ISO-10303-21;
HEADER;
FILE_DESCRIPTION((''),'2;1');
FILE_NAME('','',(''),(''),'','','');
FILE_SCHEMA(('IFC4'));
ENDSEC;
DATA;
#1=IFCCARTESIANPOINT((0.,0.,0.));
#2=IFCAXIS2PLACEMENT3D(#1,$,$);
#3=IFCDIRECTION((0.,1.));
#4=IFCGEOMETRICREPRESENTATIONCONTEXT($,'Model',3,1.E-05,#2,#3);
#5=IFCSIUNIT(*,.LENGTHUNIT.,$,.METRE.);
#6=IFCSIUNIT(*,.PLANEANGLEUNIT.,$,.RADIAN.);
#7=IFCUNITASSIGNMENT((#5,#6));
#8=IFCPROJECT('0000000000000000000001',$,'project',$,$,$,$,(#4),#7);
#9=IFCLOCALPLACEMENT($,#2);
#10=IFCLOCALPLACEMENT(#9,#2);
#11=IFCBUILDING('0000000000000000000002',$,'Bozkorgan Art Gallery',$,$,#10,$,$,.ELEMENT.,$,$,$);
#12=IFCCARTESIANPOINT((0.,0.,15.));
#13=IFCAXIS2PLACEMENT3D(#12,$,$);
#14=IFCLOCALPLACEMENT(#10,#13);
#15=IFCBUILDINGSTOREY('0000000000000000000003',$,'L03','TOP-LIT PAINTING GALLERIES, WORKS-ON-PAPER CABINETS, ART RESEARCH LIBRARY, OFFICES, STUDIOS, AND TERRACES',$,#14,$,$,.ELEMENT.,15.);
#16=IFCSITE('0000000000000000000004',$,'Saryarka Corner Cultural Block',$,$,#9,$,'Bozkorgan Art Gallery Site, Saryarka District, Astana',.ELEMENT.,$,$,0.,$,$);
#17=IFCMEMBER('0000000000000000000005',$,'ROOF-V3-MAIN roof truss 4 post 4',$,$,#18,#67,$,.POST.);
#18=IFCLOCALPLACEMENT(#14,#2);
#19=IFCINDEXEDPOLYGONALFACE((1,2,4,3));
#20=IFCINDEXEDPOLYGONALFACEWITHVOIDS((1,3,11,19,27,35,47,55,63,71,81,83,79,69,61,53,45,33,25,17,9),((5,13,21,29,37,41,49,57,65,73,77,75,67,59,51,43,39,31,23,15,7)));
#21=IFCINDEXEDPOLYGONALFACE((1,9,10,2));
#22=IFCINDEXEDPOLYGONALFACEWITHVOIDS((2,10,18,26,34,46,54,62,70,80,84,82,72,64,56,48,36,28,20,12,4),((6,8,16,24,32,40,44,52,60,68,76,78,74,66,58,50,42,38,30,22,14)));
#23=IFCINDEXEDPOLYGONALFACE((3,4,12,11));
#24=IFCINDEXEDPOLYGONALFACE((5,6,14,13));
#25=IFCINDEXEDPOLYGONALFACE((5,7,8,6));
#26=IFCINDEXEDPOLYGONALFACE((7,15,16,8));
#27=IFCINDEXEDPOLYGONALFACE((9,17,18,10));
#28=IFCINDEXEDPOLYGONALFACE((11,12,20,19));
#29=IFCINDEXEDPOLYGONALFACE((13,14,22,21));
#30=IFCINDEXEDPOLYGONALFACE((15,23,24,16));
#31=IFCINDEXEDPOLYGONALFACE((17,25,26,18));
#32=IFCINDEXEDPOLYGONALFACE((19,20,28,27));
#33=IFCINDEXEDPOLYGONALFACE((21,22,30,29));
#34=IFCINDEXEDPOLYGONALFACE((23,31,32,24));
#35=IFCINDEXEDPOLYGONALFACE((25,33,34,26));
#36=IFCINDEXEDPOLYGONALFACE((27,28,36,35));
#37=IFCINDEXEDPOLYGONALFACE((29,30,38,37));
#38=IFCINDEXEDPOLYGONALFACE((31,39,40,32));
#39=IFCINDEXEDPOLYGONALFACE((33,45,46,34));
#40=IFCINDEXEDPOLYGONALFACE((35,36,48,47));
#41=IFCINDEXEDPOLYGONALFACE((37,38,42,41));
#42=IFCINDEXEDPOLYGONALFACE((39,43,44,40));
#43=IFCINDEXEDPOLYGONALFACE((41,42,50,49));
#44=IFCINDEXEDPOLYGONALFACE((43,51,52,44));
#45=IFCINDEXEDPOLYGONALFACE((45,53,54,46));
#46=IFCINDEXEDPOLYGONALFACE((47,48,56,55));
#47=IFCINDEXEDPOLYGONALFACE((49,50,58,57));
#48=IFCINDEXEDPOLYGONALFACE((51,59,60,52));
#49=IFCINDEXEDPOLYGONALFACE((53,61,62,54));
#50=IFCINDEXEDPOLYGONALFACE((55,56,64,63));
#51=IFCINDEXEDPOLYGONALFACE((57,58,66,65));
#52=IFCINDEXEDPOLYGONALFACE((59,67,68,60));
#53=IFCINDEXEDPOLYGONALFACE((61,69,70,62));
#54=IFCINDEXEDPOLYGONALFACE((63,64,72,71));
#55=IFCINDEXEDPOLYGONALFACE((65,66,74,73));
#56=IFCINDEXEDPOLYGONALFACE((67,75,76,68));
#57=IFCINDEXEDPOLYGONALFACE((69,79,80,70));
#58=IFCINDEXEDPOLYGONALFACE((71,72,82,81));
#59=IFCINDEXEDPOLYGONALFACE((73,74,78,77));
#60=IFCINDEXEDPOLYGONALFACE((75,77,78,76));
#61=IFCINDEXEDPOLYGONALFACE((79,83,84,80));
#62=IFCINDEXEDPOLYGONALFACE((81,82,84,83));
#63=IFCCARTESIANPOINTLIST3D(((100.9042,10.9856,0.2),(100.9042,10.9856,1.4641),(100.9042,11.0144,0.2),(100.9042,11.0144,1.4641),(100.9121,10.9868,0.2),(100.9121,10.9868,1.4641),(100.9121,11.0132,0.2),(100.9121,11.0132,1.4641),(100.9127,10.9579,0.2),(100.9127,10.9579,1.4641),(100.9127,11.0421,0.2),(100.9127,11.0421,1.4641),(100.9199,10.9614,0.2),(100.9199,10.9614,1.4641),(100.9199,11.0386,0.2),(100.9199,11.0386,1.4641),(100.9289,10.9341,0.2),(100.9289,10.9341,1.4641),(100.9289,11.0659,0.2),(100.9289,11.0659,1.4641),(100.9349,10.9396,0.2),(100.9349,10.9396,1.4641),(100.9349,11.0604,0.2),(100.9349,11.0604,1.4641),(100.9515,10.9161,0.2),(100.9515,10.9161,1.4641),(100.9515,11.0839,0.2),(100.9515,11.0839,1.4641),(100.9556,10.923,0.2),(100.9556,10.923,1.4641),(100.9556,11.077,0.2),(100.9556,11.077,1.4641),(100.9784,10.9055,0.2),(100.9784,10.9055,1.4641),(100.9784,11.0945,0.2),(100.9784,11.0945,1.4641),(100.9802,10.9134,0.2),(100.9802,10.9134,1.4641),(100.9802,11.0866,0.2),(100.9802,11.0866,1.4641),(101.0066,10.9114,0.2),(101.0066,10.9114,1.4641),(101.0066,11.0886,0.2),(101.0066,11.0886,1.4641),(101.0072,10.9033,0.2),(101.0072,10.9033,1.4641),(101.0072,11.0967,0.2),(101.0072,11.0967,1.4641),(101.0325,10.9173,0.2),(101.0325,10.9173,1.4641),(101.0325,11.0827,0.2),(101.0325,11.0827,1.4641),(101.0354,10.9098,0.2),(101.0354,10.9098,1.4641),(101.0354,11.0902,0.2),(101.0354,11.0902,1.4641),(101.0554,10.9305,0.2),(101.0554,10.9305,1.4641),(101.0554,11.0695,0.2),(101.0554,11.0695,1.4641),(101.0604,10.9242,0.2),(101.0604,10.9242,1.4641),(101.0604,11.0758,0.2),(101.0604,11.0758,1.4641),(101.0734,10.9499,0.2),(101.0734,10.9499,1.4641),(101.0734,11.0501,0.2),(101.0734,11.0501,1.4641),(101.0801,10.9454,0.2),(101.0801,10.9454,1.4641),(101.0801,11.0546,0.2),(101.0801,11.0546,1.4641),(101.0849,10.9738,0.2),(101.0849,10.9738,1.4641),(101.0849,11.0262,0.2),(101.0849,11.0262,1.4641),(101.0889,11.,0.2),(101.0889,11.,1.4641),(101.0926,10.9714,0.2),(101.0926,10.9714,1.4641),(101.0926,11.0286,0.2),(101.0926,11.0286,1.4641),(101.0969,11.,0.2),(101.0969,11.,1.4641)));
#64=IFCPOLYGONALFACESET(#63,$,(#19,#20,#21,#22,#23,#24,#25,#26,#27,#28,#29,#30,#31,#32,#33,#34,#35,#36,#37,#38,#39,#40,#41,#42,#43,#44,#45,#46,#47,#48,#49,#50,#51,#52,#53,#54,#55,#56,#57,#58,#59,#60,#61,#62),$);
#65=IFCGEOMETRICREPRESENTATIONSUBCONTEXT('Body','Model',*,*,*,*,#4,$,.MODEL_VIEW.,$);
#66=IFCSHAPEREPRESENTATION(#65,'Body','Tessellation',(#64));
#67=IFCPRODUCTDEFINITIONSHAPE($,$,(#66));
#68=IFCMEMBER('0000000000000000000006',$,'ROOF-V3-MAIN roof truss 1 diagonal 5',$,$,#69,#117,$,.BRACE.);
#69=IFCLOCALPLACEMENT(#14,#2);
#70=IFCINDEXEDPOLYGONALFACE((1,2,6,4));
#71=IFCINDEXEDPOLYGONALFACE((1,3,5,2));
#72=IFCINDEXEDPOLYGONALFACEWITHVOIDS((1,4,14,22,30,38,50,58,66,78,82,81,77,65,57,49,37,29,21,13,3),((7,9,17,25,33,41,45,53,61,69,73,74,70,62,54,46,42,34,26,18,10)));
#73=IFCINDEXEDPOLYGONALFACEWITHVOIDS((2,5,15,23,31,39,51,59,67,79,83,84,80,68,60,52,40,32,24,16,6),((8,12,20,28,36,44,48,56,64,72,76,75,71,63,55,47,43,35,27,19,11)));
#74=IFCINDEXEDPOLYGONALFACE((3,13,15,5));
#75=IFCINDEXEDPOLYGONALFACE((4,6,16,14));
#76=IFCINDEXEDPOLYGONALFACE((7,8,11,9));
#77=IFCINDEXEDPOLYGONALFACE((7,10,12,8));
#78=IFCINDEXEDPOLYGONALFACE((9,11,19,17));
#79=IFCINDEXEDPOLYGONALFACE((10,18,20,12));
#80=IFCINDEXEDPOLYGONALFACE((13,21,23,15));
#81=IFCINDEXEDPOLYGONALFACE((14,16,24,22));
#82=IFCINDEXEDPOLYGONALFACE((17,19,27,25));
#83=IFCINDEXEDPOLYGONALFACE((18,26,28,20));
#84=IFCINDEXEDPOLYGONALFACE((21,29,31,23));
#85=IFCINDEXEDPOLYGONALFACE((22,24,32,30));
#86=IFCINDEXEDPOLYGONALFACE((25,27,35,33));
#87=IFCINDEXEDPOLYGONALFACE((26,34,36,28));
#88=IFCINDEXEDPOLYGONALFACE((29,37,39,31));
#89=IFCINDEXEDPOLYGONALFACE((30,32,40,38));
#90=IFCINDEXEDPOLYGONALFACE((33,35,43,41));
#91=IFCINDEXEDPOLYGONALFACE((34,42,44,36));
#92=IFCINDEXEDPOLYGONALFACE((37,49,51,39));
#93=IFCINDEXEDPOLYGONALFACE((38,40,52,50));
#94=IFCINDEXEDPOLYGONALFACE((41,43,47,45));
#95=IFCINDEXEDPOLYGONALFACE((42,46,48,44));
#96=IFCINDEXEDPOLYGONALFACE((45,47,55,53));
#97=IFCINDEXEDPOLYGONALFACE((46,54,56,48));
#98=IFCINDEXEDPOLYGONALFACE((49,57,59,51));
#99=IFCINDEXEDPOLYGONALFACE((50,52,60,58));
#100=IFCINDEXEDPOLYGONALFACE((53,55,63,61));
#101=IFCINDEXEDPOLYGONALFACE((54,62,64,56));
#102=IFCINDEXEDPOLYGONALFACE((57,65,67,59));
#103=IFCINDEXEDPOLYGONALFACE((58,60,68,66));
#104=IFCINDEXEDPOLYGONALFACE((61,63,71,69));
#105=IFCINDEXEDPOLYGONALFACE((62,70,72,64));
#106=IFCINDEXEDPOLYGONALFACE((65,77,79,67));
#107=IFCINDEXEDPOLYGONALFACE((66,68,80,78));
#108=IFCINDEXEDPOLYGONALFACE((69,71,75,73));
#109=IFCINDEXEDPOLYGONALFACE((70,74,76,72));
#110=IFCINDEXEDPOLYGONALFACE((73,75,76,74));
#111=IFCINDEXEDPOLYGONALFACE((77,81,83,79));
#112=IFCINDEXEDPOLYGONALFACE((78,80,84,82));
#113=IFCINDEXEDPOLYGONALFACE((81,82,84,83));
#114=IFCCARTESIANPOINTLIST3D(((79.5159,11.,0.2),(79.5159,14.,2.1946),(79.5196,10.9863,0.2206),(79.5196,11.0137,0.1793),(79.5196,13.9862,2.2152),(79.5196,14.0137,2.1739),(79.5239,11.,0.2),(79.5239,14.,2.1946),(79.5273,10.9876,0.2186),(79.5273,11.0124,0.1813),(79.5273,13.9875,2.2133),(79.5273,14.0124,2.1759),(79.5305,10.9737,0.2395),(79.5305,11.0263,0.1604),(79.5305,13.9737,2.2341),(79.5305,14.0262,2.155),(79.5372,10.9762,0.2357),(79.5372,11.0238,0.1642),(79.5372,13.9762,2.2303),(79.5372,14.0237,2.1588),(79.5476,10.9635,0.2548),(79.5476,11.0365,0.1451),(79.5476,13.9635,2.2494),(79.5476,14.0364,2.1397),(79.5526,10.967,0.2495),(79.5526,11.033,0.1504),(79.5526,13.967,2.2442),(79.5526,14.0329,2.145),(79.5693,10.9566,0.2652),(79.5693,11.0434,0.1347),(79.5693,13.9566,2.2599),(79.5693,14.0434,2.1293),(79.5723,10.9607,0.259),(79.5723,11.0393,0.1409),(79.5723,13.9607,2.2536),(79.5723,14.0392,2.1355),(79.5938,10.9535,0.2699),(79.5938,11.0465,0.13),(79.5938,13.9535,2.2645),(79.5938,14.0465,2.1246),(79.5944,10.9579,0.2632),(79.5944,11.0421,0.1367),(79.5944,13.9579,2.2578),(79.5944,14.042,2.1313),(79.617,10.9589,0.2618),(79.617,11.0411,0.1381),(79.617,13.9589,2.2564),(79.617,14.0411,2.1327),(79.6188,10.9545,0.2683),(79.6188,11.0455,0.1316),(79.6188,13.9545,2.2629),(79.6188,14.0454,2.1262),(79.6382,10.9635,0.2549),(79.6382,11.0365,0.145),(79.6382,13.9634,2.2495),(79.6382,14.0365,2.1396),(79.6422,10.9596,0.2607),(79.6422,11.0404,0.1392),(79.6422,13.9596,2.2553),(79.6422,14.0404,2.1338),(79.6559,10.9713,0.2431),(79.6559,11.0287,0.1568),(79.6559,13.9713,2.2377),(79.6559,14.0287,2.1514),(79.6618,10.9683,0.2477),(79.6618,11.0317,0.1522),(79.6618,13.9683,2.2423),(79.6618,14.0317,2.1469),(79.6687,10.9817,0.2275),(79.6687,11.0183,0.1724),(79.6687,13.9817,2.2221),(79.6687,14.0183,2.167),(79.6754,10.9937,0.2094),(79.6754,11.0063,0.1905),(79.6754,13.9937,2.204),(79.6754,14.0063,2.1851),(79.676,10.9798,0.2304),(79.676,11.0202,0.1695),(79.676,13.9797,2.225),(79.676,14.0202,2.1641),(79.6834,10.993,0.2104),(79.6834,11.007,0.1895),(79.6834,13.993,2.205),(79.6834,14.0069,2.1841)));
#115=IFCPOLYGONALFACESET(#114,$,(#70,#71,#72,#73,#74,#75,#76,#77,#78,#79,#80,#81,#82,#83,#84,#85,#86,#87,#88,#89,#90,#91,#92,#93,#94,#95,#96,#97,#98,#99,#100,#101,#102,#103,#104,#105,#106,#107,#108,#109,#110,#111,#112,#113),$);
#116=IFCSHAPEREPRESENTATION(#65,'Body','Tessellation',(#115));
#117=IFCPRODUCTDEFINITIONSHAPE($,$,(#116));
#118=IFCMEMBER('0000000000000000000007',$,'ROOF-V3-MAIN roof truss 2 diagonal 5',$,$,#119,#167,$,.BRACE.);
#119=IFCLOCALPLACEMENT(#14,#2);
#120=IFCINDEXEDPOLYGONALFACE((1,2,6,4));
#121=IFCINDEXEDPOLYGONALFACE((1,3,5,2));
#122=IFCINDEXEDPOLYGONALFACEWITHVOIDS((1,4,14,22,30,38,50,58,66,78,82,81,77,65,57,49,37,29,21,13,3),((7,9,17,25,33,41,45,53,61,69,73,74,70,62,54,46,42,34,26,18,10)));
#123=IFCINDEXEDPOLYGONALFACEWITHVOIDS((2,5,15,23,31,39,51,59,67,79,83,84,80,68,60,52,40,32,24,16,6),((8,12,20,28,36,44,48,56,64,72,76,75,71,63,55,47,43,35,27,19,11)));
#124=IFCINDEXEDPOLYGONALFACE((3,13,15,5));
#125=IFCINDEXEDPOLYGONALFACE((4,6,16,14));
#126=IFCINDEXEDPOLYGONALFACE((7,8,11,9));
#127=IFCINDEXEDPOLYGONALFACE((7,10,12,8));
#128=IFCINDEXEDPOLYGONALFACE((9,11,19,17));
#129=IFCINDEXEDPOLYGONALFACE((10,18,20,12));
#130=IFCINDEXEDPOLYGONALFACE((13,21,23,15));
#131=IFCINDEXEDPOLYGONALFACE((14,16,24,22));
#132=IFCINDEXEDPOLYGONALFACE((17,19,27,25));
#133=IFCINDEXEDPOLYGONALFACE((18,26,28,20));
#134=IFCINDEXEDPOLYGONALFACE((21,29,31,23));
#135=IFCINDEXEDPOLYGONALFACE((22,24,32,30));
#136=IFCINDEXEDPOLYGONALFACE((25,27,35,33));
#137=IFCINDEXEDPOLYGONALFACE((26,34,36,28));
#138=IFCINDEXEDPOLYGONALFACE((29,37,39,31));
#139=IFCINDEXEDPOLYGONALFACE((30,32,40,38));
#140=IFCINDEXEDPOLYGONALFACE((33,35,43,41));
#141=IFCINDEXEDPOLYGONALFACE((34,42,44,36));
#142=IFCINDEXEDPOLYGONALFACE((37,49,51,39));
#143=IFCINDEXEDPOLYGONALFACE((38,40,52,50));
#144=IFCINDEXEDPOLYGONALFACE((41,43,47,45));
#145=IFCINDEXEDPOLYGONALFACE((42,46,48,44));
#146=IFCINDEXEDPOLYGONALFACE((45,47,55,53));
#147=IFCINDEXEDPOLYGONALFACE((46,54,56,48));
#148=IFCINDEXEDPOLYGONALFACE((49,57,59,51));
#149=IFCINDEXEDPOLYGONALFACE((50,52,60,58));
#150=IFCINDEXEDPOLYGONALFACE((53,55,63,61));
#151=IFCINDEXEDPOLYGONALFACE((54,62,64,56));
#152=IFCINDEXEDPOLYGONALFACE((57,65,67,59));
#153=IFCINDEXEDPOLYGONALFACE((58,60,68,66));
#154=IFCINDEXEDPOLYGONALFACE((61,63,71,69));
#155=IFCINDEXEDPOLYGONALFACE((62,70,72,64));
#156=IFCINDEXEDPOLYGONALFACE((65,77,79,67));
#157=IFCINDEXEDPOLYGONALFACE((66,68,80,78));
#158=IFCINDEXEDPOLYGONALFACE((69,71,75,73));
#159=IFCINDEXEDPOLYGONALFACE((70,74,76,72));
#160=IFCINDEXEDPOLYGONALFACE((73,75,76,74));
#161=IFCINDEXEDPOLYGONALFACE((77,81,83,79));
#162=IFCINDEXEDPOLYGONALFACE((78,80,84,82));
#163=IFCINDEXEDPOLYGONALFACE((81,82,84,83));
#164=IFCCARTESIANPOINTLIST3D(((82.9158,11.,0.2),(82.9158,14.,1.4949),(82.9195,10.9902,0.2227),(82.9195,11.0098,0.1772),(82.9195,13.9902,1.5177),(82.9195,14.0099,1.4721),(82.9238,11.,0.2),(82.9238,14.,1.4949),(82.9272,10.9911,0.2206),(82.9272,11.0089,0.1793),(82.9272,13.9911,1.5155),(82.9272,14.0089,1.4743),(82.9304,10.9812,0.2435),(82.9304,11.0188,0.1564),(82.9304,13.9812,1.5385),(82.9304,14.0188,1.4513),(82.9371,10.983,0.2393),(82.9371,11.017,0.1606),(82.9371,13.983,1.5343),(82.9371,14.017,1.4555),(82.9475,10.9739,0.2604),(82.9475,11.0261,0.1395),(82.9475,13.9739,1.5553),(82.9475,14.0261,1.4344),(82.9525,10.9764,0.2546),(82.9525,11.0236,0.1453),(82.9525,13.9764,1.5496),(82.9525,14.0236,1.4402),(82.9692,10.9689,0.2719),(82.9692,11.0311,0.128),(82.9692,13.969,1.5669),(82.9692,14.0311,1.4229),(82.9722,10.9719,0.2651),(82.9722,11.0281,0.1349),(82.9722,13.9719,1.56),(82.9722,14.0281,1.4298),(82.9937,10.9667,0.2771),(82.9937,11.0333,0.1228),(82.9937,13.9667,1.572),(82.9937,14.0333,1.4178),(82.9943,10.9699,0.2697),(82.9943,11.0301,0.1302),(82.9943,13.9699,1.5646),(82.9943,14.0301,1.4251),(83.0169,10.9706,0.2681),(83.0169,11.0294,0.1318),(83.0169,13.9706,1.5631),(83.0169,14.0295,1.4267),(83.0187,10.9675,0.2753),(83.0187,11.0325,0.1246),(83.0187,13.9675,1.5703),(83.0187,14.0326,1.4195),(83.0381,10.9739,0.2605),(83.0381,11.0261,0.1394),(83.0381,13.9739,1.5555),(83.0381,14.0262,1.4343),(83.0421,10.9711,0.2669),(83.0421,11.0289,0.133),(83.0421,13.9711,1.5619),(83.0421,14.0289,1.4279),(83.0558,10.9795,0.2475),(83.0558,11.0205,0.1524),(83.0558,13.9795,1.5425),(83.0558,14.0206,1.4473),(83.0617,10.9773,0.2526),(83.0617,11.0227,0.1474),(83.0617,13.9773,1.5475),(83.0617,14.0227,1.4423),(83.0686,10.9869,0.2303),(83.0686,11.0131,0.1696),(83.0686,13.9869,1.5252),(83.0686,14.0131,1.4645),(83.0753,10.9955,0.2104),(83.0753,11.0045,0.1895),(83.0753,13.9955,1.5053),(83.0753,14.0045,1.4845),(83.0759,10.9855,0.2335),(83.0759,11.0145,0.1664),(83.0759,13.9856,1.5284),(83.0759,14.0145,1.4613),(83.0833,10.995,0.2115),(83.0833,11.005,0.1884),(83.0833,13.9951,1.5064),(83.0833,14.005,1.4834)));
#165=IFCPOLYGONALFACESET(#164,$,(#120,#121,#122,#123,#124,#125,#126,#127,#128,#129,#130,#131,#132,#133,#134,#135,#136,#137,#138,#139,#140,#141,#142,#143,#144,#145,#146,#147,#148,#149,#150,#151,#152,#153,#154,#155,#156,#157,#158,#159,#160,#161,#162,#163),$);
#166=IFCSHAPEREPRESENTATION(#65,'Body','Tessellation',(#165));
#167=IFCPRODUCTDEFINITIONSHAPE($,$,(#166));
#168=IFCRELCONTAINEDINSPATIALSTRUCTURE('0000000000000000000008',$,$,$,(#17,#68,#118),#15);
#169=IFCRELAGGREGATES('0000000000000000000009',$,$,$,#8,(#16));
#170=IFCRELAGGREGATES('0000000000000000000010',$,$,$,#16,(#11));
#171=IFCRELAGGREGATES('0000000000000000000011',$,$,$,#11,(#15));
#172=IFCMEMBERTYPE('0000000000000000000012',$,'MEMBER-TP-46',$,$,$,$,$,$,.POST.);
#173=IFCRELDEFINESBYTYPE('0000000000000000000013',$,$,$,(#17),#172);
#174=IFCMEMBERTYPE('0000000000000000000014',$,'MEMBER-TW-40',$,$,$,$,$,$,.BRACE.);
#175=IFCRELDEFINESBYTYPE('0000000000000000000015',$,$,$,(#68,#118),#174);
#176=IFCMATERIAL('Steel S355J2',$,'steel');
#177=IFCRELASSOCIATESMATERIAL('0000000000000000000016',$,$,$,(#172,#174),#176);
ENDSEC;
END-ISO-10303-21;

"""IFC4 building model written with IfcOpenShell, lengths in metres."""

from ifc_helpers import new_model, si_unit, direction, frame, origin, origin_2d, place, context, subcontext, project, spatial, hollow_circle, extrude, material, material_profile, profile_set, type_object, element, save


model = new_model("IFC4")

# Units and contexts
model_context = context("Model", 3, precision=1e-05, world=origin(), true_north=direction((0.0, 1.0)))
body_context = subcontext(model_context, "Body", "Model", "MODEL_VIEW")
ifc_project = project(units=[si_unit("LENGTHUNIT", "METRE"), si_unit("PLANEANGLEUNIT", "RADIAN")], contexts=[model_context])

# Site, building, storey
site_placement = place(None, origin())
site = spatial("IfcSite", under=ifc_project, at=site_placement, Name="Saryarka Corner Cultural Block", LongName="Bozkorgan Art Gallery Site, Saryarka District, Astana", CompositionType="ELEMENT", RefElevation=0.0)
building_placement = place(site_placement, origin())
building = spatial("IfcBuilding", under=site, at=building_placement, Name="Bozkorgan Art Gallery", CompositionType="ELEMENT")
storey_placement = place(building_placement, frame((0.0, 0.0, 15.0)))
storey = spatial("IfcBuildingStorey", under=building, at=storey_placement, Name="L03", Description="TOP-LIT PAINTING GALLERIES, WORKS-ON-PAPER CABINETS, ART RESEARCH LIBRARY, OFFICES, STUDIOS, AND TERRACES", CompositionType="ELEMENT", Elevation=15.0)

# Shared definitions
ifc_material = material(Name="Steel S355J2", Category="steel")

# Members
ifc_material_profile_1 = material_profile(ifc_material, hollow_circle(Radius=0.0969, WallThickness=0.0081, at=origin_2d()), Name="CHS 193.7x8")
ifc_profile_set_1 = profile_set([ifc_material_profile_1], Name="Steel S355J2")
member_type_1 = type_object("IfcMemberType", Name="MEMBER-TP-46", PredefinedType="POST", material=ifc_profile_set_1)
member_1_placement = place(storey_placement, frame((101.0, 11.0, 0.2), z_axis=(0.0, 0.0, 1.0), x_axis=(1.0, 0.0, 0.0)))
element("IfcMember", 1, at=member_1_placement, inside=storey, type_object=member_type_1, Name="ROOF-V3-MAIN roof truss 4 post 4", PredefinedType="POST", context=body_context, shape_type="SweptSolid", body=[
    extrude(hollow_circle(Radius=0.0969, WallThickness=0.0081, at=origin_2d()), origin(), (0.0, 0.0, 1.0), 1.2642),
])
ifc_material_profile_2 = material_profile(ifc_material, hollow_circle(Radius=0.0842, WallThickness=0.0081, at=origin_2d()), Name="CHS 168.3x8")
ifc_profile_set_2 = profile_set([ifc_material_profile_2], Name="Steel S355J2")
member_type_2 = type_object("IfcMemberType", Name="MEMBER-TW-40", PredefinedType="BRACE", material=ifc_profile_set_2)
member_2_placement = place(storey_placement, frame((79.6001, 11.0, 0.2), z_axis=(0.0, 0.832738, 0.553668), x_axis=(-1.0, 0.0, 0.0)))
element("IfcMember", 2, at=member_2_placement, inside=storey, type_object=member_type_2, Name="ROOF-V3-MAIN roof truss 1 diagonal 5", PredefinedType="BRACE", context=body_context, shape_type="SweptSolid", body=[
    extrude(hollow_circle(Radius=0.0842, WallThickness=0.0081, at=origin_2d()), origin(), (0.0, 0.0, 1.0), 3.6025),
])
member_3_placement = place(storey_placement, frame((83.0, 11.0, 0.2), z_axis=(0.0, 0.918122, 0.396299), x_axis=(-1.0, 0.0, 0.0)))
element("IfcMember", 3, at=member_3_placement, inside=storey, type_object=member_type_2, Name="ROOF-V3-MAIN roof truss 2 diagonal 5", PredefinedType="BRACE", context=body_context, shape_type="SweptSolid", body=[
    extrude(hollow_circle(Radius=0.0842, WallThickness=0.0081, at=origin_2d()), origin(), (0.0, 0.0, 1.0), 3.2676),
])

save(model, "model.ifc")
